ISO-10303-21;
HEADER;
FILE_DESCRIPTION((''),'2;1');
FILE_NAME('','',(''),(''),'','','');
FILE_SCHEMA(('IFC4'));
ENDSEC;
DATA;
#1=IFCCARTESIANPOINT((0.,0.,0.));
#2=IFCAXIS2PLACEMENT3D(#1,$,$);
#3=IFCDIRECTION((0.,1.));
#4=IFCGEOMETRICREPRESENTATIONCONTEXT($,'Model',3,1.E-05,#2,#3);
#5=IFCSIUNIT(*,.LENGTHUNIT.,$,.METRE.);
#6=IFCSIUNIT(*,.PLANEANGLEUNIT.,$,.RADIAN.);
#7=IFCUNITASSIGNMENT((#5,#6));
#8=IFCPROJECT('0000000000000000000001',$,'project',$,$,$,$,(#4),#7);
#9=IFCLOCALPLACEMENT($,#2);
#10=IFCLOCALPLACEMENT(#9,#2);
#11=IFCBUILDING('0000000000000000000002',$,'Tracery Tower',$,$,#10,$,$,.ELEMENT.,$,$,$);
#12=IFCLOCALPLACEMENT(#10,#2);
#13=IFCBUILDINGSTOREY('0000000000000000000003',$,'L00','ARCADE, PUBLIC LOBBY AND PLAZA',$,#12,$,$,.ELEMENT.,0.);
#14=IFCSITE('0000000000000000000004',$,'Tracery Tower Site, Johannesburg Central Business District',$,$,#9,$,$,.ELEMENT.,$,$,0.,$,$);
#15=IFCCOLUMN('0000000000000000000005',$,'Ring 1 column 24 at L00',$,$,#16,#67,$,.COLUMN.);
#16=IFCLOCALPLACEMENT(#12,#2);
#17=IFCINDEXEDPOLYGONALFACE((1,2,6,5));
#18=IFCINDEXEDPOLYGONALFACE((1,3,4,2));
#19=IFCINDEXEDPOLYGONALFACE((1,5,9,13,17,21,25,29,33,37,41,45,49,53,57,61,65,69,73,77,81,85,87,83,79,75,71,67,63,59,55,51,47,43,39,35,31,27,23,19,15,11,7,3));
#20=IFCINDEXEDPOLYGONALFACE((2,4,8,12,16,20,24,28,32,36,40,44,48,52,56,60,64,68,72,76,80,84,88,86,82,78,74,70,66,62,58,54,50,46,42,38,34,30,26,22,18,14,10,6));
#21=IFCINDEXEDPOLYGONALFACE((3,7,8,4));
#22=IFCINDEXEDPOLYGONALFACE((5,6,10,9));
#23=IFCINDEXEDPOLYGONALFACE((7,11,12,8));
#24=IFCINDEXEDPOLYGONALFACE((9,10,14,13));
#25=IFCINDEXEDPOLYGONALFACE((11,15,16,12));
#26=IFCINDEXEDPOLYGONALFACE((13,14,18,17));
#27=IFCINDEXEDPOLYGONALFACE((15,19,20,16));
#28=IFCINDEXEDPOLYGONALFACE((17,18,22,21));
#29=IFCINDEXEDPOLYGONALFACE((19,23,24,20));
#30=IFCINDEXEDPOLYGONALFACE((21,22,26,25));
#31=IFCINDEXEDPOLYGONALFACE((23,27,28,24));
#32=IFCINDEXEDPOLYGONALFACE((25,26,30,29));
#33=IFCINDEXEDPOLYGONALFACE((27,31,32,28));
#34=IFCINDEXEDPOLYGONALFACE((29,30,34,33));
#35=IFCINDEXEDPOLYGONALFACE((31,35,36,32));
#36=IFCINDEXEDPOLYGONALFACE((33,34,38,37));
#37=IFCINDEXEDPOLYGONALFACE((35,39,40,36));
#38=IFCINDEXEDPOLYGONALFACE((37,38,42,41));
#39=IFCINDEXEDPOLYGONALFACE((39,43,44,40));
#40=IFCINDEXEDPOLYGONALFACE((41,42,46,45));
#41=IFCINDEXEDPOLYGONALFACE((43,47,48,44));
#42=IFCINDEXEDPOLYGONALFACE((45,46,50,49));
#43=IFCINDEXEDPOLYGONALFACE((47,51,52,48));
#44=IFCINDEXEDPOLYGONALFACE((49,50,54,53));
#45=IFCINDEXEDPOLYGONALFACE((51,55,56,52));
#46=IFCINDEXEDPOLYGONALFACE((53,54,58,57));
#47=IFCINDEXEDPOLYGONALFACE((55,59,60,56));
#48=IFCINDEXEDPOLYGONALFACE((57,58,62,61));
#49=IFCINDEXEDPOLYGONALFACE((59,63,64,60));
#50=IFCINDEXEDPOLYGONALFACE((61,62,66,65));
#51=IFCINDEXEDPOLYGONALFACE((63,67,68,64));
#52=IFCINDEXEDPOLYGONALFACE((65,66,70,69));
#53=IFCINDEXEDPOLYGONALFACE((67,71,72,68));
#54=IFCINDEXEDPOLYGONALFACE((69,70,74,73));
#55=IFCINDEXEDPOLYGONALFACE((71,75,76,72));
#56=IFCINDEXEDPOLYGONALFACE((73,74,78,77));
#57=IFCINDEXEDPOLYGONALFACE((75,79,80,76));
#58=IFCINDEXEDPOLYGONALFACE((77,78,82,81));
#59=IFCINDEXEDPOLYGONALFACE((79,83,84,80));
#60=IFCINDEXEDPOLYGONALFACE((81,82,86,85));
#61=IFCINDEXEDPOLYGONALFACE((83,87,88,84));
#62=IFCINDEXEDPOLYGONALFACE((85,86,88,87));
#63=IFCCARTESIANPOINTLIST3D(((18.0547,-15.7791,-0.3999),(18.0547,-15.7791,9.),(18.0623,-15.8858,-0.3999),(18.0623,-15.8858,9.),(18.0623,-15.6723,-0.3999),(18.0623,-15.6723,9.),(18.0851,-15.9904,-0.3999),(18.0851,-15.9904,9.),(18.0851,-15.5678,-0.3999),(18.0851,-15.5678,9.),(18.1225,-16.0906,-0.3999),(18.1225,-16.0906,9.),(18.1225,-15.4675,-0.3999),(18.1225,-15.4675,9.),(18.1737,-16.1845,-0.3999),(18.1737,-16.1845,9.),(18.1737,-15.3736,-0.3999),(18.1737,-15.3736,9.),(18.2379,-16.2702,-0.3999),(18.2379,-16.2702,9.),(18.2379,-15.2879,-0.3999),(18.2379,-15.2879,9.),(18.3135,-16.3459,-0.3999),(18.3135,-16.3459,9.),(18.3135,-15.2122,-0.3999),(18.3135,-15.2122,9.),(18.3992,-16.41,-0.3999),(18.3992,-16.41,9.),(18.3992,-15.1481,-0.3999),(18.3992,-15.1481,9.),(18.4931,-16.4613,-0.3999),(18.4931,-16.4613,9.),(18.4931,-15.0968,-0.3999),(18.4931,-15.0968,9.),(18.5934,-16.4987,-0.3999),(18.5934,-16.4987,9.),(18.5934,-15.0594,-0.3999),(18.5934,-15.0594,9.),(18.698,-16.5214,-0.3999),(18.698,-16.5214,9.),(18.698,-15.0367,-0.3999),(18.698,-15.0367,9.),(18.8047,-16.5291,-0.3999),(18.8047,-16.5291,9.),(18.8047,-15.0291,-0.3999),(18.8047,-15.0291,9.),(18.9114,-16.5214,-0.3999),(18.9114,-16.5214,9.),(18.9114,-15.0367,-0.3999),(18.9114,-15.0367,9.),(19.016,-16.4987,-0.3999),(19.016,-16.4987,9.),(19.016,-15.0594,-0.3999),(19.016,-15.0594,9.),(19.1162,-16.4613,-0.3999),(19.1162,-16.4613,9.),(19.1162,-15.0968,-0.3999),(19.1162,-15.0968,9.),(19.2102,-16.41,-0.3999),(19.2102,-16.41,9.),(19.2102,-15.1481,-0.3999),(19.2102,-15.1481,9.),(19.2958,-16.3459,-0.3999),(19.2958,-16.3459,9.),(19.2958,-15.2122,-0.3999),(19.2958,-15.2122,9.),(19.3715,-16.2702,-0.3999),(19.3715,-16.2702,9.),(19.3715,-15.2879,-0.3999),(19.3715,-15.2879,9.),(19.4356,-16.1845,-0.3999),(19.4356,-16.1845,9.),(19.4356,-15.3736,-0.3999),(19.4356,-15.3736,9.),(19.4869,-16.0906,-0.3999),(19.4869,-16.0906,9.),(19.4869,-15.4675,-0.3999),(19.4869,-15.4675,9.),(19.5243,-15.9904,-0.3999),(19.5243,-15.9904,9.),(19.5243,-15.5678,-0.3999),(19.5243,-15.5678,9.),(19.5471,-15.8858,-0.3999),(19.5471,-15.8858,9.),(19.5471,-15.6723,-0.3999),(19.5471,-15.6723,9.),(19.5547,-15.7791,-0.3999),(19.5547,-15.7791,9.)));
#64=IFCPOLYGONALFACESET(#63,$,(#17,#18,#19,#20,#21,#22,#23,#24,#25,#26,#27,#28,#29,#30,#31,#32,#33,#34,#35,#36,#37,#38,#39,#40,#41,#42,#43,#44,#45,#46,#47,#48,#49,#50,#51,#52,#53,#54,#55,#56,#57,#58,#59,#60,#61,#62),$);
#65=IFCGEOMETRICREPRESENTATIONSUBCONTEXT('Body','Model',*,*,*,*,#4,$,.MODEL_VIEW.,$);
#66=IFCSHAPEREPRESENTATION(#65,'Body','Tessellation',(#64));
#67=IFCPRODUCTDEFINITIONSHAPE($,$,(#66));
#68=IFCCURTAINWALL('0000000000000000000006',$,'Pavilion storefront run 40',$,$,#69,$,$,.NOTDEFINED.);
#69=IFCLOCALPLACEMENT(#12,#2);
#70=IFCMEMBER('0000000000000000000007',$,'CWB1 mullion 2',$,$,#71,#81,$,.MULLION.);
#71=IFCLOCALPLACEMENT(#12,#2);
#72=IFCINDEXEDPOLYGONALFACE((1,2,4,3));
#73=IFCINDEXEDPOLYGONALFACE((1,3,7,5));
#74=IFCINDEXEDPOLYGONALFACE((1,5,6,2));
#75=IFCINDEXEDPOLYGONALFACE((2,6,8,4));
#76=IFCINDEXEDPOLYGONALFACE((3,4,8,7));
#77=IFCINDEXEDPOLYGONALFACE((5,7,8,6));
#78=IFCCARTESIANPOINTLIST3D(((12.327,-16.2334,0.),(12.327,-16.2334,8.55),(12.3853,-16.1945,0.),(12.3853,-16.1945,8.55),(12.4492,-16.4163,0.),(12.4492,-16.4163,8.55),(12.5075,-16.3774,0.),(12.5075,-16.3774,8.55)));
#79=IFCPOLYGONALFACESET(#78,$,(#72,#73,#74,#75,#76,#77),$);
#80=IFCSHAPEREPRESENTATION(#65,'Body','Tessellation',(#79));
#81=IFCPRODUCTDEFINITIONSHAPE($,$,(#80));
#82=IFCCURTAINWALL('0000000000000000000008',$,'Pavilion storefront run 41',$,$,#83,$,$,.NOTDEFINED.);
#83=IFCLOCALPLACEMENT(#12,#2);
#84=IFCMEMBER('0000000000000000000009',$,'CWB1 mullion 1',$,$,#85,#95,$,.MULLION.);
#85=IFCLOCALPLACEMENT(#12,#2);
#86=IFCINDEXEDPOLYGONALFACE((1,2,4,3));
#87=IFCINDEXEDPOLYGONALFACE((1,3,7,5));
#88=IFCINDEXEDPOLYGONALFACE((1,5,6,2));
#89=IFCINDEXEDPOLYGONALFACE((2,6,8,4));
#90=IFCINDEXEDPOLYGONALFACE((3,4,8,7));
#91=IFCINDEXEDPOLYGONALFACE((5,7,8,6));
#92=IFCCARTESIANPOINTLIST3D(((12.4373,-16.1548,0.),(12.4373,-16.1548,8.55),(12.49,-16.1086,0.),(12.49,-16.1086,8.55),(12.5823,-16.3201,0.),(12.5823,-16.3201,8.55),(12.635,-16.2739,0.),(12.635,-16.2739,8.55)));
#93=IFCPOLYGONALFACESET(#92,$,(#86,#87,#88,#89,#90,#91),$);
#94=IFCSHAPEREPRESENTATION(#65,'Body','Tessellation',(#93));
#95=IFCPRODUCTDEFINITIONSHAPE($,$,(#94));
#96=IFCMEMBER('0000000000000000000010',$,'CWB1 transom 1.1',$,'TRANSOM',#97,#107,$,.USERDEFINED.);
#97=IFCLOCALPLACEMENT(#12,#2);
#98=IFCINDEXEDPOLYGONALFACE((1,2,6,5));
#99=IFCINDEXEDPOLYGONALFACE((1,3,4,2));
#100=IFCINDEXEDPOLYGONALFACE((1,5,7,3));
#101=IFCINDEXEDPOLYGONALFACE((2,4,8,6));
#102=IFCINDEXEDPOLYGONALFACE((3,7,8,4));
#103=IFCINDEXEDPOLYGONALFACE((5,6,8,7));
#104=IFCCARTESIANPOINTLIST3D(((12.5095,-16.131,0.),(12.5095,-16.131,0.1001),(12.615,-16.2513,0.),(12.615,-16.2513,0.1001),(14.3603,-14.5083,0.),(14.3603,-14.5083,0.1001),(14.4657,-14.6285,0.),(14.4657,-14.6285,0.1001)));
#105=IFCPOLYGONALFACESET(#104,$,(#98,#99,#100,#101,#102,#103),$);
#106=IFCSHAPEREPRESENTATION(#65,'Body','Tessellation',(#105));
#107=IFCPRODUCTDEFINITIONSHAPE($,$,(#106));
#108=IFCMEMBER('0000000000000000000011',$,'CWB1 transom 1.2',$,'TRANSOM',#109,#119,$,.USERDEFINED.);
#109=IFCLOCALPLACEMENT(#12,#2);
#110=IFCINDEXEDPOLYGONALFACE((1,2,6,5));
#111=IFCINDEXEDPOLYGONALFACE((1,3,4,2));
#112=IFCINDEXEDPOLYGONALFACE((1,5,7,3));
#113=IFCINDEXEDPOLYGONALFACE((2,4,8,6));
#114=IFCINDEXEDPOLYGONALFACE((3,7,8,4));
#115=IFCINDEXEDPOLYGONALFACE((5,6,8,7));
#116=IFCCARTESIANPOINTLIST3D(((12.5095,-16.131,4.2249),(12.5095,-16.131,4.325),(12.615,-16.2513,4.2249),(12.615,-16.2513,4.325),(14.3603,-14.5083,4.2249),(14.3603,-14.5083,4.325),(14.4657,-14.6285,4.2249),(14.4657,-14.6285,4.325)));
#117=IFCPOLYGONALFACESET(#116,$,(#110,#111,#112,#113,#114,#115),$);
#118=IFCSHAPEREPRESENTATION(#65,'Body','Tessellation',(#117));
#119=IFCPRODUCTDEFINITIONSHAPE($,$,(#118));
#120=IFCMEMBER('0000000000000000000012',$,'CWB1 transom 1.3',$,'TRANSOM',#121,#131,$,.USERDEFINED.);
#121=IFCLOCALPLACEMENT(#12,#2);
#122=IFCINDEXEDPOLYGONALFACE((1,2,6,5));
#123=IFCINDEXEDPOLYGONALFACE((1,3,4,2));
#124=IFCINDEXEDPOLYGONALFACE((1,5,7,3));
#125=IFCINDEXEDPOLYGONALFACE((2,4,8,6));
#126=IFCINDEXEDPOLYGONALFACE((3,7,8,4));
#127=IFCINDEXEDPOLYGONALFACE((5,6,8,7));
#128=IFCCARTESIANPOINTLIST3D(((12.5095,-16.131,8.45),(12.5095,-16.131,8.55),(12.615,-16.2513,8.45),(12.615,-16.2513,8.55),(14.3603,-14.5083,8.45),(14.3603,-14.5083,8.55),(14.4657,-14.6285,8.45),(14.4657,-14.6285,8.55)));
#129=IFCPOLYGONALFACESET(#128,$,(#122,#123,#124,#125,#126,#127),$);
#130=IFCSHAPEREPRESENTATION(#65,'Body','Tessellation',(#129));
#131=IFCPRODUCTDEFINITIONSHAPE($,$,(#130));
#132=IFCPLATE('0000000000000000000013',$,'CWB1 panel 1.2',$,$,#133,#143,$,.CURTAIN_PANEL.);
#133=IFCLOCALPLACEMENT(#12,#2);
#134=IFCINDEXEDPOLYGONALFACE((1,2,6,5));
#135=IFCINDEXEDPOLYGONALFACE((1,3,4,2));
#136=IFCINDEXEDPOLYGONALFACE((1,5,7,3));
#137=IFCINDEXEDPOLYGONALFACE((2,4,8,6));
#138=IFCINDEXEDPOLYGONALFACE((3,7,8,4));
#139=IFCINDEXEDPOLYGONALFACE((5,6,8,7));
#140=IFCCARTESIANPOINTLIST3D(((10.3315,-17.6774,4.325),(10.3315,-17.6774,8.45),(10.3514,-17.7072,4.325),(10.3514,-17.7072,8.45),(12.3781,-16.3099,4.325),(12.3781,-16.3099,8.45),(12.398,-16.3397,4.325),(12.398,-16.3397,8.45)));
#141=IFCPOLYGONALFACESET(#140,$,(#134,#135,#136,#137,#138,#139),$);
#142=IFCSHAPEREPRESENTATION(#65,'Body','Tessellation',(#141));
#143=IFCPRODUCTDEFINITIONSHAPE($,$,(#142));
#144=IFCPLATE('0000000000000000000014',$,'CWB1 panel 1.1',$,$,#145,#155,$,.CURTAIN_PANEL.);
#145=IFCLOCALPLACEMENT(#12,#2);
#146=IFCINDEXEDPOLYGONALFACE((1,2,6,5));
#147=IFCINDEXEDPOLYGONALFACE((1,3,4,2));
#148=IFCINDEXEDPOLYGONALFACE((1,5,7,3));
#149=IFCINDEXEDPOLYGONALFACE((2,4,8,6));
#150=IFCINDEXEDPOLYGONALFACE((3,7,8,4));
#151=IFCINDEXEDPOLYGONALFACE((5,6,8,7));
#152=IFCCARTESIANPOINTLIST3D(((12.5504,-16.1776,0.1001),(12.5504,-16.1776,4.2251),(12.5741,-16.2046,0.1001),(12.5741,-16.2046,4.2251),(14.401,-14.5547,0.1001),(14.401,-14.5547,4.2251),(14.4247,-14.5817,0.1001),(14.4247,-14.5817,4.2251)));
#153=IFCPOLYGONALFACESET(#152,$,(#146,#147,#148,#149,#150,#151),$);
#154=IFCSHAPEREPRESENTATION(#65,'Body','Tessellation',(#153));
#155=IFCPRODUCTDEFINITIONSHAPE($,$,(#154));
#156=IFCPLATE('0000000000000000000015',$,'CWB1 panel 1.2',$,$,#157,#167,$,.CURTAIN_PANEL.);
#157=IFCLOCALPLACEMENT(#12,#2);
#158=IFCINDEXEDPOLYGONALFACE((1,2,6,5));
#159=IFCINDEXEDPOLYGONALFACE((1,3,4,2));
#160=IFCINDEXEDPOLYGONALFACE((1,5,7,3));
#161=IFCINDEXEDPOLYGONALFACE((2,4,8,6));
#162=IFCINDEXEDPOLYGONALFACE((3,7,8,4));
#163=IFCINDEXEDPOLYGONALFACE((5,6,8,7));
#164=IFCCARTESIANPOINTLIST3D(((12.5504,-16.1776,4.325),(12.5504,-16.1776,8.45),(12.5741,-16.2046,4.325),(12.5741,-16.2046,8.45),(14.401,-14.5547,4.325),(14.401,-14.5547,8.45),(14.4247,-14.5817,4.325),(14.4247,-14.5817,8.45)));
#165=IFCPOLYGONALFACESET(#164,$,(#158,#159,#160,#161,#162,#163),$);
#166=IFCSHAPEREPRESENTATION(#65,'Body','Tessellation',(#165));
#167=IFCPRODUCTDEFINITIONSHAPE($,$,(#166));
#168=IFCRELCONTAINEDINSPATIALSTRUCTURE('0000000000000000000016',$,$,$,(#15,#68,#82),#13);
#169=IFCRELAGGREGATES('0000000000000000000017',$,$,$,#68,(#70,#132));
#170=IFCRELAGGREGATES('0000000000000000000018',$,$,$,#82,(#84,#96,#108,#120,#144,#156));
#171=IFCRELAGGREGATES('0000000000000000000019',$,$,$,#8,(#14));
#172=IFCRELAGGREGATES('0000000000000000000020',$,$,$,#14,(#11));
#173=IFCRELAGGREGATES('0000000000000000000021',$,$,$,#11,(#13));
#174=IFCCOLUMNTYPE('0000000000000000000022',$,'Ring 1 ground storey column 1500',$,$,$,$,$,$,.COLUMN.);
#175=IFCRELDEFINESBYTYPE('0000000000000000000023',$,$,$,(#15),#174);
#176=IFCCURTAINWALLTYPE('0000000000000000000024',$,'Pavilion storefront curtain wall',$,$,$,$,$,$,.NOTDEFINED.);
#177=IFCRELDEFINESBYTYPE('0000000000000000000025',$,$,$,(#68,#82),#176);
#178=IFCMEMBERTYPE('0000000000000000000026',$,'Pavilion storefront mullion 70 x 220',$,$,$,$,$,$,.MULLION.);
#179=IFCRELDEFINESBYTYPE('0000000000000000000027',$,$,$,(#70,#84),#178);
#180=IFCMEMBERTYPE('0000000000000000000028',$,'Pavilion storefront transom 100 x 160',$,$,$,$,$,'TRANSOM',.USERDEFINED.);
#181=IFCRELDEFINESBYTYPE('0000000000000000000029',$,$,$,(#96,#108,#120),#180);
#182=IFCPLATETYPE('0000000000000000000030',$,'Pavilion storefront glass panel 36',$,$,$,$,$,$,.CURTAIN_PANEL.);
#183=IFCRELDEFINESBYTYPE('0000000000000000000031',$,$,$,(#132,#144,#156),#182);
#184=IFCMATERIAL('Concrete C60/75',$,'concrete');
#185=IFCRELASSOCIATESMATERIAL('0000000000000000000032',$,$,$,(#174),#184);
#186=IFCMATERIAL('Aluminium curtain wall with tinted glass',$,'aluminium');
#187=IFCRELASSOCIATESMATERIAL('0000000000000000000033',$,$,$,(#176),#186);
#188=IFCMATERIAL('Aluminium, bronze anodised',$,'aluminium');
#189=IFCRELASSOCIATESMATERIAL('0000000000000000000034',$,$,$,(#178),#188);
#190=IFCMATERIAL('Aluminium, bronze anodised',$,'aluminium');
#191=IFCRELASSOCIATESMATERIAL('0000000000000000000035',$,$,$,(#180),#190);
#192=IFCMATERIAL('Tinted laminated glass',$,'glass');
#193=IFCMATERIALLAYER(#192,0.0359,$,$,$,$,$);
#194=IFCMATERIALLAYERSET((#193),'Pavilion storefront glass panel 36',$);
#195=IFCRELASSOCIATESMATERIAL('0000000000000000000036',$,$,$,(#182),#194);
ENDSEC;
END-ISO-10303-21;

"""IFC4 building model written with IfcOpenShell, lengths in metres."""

from ifc_helpers import new_model, si_unit, direction, frame, origin, origin_2d, place, context, subcontext, project, spatial, rectangle, circle, extrude, material, layer, layer_set, material_profile, profile_set, type_object, element, aggregate, save


model = new_model("IFC4")

# Units and contexts
model_context = context("Model", 3, precision=1e-05, world=origin(), true_north=direction((0.0, 1.0)))
body_context = subcontext(model_context, "Body", "Model", "MODEL_VIEW")
ifc_project = project(units=[si_unit("LENGTHUNIT", "METRE"), si_unit("PLANEANGLEUNIT", "RADIAN")], contexts=[model_context])

# Site, building, storey
site_placement = place(None, origin())
site = spatial("IfcSite", under=ifc_project, at=site_placement, Name="Tracery Tower Site, Johannesburg Central Business District", CompositionType="ELEMENT", RefElevation=0.0)
building_placement = place(site_placement, origin())
building = spatial("IfcBuilding", under=site, at=building_placement, Name="Tracery Tower", CompositionType="ELEMENT")
storey_placement = place(building_placement, origin())
storey = spatial("IfcBuildingStorey", under=building, at=storey_placement, Name="L00", Description="ARCADE, PUBLIC LOBBY AND PLAZA", CompositionType="ELEMENT", Elevation=0.0)

# Column
ifc_material_1 = material(Name="Concrete C60/75", Category="concrete")
ifc_material_profile_1 = material_profile(ifc_material_1, circle(Radius=0.75, at=origin_2d()), Name="RC D1500")
ifc_profile_set_1 = profile_set([ifc_material_profile_1], Name="Concrete C60/75")
column_type_1 = type_object("IfcColumnType", Name="Ring 1 ground storey column 1500", PredefinedType="COLUMN", material=ifc_profile_set_1)
for number, where, z_axis, x_axis, name in (
    (1, (18.8047, -15.7791, -0.3999), (0.0, 0.0, 1.0), (1.0, 0.0, 0.0), "Ring 1 column 24 at L00"),
):
    element("IfcColumn", number, at=place(storey_placement, frame(where, z_axis=z_axis, x_axis=x_axis)), inside=storey, type_object=column_type_1, Name=name, PredefinedType="COLUMN", context=body_context, shape_type="SweptSolid", body=[
        extrude(circle(Radius=0.75, at=origin_2d()), origin(), (0.0, 0.0, 1.0), 9.3999),
    ])

# Curtain wall, member
ifc_material_2 = material(Name="Aluminium curtain wall with tinted glass", Category="aluminium")
curtain_wall_type = type_object("IfcCurtainWallType", Name="Pavilion storefront curtain wall", PredefinedType="NOTDEFINED", material=ifc_material_2)
curtain_wall_1_placement = place(storey_placement, origin())
curtain_wall_1 = element("IfcCurtainWall", 2, at=curtain_wall_1_placement, inside=storey, type_object=curtain_wall_type, Name="Pavilion storefront run 40", PredefinedType="NOTDEFINED")
ifc_material_3 = material(Name="Aluminium, bronze anodised", Category="aluminium")
ifc_material_profile_2 = material_profile(ifc_material_3, rectangle(XDim=0.22, YDim=0.0701, at=origin_2d()), Name="Pavilion storefront mullion 70 x 220")
ifc_profile_set_2 = profile_set([ifc_material_profile_2], Name="Aluminium, bronze anodised")
member_type_1 = type_object("IfcMemberType", Name="Pavilion storefront mullion 70 x 220", PredefinedType="MULLION", material=ifc_profile_set_2)
member_1_placement = place(storey_placement, frame((12.4172, -16.3054, 0.0), z_axis=(0.0, 0.0, 1.0), x_axis=(-0.55556, 0.831476, 0.0)))
member_1 = element("IfcMember", 3, at=member_1_placement, type_object=member_type_1, Name="CWB1 mullion 2", PredefinedType="MULLION", context=body_context, shape_type="SweptSolid", body=[
    extrude(rectangle(XDim=0.22, YDim=0.0701, at=origin_2d()), origin(), (0.0, 0.0, 1.0), 8.55),
])

# Curtain wall, members
curtain_wall_2_placement = place(storey_placement, origin())
curtain_wall_2 = element("IfcCurtainWall", 4, at=curtain_wall_2_placement, inside=storey, type_object=curtain_wall_type, Name="Pavilion storefront run 41", PredefinedType="NOTDEFINED")
member_2_placement = place(storey_placement, frame((12.5361, -16.2144, 0.0), z_axis=(0.0, 0.0, 1.0), x_axis=(-0.659351, 0.751836, 0.0)))
member_2 = element("IfcMember", 5, at=member_2_placement, type_object=member_type_1, Name="CWB1 mullion 1", PredefinedType="MULLION", context=body_context, shape_type="SweptSolid", body=[
    extrude(rectangle(XDim=0.22, YDim=0.0701, at=origin_2d()), origin(), (0.0, 0.0, 1.0), 8.55),
])
ifc_material_4 = material(Name="Aluminium, bronze anodised", Category="aluminium")
ifc_material_profile_3 = material_profile(ifc_material_4, rectangle(XDim=0.1599, YDim=0.1001, at=origin_2d()), Name="Pavilion storefront transom 100 x 160")
ifc_profile_set_3 = profile_set([ifc_material_profile_3], Name="Aluminium, bronze anodised")
member_type_2 = type_object("IfcMemberType", Name="Pavilion storefront transom 100 x 160", ElementType="TRANSOM", PredefinedType="USERDEFINED", material=ifc_profile_set_3)
member_3_placement = place(storey_placement, frame((12.5623, -16.1912, 0.05), z_axis=(0.751907, 0.65927, 0.0), x_axis=(-0.65927, 0.751907, 0.0)))
member_3 = element("IfcMember", 6, at=member_3_placement, type_object=member_type_2, Name="CWB1 transom 1.1", ObjectType="TRANSOM", PredefinedType="USERDEFINED", context=body_context, shape_type="SweptSolid", body=[
    extrude(rectangle(XDim=0.1599, YDim=0.1001, at=origin_2d()), origin(), (0.0, 0.0, 1.0), 2.4614),
])
member_4_placement = place(storey_placement, frame((12.5623, -16.1912, 4.2749), z_axis=(0.751907, 0.65927, 0.0), x_axis=(-0.65927, 0.751907, 0.0)))
member_4 = element("IfcMember", 7, at=member_4_placement, type_object=member_type_2, Name="CWB1 transom 1.2", ObjectType="TRANSOM", PredefinedType="USERDEFINED", context=body_context, shape_type="SweptSolid", body=[
    extrude(rectangle(XDim=0.1599, YDim=0.1001, at=origin_2d()), origin(), (0.0, 0.0, 1.0), 2.4614),
])
member_5_placement = place(storey_placement, frame((12.5623, -16.1912, 8.5), z_axis=(0.751907, 0.65927, 0.0), x_axis=(-0.65927, 0.751907, 0.0)))
member_5 = element("IfcMember", 8, at=member_5_placement, type_object=member_type_2, Name="CWB1 transom 1.3", ObjectType="TRANSOM", PredefinedType="USERDEFINED", context=body_context, shape_type="SweptSolid", body=[
    extrude(rectangle(XDim=0.1599, YDim=0.1001, at=origin_2d()), origin(), (0.0, 0.0, 1.0), 2.4614),
])

# Plates
ifc_material_5 = material(Name="Tinted laminated glass", Category="glass")
ifc_layer = layer(ifc_material_5, 0.0359)
ifc_layer_set = layer_set([ifc_layer], Name="Pavilion storefront glass panel 36")
plate_type = type_object("IfcPlateType", Name="Pavilion storefront glass panel 36", PredefinedType="CURTAIN_PANEL", material=ifc_layer_set)
plate_1_placement = place(storey_placement, frame((11.3647, -17.0085, 4.325), z_axis=(0.0, 0.0, 1.0), x_axis=(0.831476, 0.55556, 0.0)))
plate_1 = element("IfcPlate", 9, at=plate_1_placement, type_object=plate_type, Name="CWB1 panel 1.2", PredefinedType="CURTAIN_PANEL", context=body_context, shape_type="SweptSolid", body=[
    extrude(rectangle(XDim=2.4614, YDim=0.0359, at=origin_2d()), origin(), (0.0, 0.0, 1.0), 4.125),
])
aggregate(curtain_wall_1, [member_1, plate_1])
plate_2_placement = place(storey_placement, frame((13.4875, -15.3796, 0.1001), z_axis=(0.0, 0.0, 1.0), x_axis=(0.751836, 0.659351, 0.0)))
plate_2 = element("IfcPlate", 10, at=plate_2_placement, type_object=plate_type, Name="CWB1 panel 1.1", PredefinedType="CURTAIN_PANEL", context=body_context, shape_type="SweptSolid", body=[
    extrude(rectangle(XDim=2.4614, YDim=0.0359, at=origin_2d()), origin(), (0.0, 0.0, 1.0), 4.125),
])
plate_3_placement = place(storey_placement, frame((13.4875, -15.3796, 4.325), z_axis=(0.0, 0.0, 1.0), x_axis=(0.751836, 0.659351, 0.0)))
plate_3 = element("IfcPlate", 11, at=plate_3_placement, type_object=plate_type, Name="CWB1 panel 1.2", PredefinedType="CURTAIN_PANEL", context=body_context, shape_type="SweptSolid", body=[
    extrude(rectangle(XDim=2.4614, YDim=0.0359, at=origin_2d()), origin(), (0.0, 0.0, 1.0), 4.125),
])
aggregate(curtain_wall_2, [member_2, member_3, member_4, member_5, plate_2, plate_3])

save(model, "model.ifc")
